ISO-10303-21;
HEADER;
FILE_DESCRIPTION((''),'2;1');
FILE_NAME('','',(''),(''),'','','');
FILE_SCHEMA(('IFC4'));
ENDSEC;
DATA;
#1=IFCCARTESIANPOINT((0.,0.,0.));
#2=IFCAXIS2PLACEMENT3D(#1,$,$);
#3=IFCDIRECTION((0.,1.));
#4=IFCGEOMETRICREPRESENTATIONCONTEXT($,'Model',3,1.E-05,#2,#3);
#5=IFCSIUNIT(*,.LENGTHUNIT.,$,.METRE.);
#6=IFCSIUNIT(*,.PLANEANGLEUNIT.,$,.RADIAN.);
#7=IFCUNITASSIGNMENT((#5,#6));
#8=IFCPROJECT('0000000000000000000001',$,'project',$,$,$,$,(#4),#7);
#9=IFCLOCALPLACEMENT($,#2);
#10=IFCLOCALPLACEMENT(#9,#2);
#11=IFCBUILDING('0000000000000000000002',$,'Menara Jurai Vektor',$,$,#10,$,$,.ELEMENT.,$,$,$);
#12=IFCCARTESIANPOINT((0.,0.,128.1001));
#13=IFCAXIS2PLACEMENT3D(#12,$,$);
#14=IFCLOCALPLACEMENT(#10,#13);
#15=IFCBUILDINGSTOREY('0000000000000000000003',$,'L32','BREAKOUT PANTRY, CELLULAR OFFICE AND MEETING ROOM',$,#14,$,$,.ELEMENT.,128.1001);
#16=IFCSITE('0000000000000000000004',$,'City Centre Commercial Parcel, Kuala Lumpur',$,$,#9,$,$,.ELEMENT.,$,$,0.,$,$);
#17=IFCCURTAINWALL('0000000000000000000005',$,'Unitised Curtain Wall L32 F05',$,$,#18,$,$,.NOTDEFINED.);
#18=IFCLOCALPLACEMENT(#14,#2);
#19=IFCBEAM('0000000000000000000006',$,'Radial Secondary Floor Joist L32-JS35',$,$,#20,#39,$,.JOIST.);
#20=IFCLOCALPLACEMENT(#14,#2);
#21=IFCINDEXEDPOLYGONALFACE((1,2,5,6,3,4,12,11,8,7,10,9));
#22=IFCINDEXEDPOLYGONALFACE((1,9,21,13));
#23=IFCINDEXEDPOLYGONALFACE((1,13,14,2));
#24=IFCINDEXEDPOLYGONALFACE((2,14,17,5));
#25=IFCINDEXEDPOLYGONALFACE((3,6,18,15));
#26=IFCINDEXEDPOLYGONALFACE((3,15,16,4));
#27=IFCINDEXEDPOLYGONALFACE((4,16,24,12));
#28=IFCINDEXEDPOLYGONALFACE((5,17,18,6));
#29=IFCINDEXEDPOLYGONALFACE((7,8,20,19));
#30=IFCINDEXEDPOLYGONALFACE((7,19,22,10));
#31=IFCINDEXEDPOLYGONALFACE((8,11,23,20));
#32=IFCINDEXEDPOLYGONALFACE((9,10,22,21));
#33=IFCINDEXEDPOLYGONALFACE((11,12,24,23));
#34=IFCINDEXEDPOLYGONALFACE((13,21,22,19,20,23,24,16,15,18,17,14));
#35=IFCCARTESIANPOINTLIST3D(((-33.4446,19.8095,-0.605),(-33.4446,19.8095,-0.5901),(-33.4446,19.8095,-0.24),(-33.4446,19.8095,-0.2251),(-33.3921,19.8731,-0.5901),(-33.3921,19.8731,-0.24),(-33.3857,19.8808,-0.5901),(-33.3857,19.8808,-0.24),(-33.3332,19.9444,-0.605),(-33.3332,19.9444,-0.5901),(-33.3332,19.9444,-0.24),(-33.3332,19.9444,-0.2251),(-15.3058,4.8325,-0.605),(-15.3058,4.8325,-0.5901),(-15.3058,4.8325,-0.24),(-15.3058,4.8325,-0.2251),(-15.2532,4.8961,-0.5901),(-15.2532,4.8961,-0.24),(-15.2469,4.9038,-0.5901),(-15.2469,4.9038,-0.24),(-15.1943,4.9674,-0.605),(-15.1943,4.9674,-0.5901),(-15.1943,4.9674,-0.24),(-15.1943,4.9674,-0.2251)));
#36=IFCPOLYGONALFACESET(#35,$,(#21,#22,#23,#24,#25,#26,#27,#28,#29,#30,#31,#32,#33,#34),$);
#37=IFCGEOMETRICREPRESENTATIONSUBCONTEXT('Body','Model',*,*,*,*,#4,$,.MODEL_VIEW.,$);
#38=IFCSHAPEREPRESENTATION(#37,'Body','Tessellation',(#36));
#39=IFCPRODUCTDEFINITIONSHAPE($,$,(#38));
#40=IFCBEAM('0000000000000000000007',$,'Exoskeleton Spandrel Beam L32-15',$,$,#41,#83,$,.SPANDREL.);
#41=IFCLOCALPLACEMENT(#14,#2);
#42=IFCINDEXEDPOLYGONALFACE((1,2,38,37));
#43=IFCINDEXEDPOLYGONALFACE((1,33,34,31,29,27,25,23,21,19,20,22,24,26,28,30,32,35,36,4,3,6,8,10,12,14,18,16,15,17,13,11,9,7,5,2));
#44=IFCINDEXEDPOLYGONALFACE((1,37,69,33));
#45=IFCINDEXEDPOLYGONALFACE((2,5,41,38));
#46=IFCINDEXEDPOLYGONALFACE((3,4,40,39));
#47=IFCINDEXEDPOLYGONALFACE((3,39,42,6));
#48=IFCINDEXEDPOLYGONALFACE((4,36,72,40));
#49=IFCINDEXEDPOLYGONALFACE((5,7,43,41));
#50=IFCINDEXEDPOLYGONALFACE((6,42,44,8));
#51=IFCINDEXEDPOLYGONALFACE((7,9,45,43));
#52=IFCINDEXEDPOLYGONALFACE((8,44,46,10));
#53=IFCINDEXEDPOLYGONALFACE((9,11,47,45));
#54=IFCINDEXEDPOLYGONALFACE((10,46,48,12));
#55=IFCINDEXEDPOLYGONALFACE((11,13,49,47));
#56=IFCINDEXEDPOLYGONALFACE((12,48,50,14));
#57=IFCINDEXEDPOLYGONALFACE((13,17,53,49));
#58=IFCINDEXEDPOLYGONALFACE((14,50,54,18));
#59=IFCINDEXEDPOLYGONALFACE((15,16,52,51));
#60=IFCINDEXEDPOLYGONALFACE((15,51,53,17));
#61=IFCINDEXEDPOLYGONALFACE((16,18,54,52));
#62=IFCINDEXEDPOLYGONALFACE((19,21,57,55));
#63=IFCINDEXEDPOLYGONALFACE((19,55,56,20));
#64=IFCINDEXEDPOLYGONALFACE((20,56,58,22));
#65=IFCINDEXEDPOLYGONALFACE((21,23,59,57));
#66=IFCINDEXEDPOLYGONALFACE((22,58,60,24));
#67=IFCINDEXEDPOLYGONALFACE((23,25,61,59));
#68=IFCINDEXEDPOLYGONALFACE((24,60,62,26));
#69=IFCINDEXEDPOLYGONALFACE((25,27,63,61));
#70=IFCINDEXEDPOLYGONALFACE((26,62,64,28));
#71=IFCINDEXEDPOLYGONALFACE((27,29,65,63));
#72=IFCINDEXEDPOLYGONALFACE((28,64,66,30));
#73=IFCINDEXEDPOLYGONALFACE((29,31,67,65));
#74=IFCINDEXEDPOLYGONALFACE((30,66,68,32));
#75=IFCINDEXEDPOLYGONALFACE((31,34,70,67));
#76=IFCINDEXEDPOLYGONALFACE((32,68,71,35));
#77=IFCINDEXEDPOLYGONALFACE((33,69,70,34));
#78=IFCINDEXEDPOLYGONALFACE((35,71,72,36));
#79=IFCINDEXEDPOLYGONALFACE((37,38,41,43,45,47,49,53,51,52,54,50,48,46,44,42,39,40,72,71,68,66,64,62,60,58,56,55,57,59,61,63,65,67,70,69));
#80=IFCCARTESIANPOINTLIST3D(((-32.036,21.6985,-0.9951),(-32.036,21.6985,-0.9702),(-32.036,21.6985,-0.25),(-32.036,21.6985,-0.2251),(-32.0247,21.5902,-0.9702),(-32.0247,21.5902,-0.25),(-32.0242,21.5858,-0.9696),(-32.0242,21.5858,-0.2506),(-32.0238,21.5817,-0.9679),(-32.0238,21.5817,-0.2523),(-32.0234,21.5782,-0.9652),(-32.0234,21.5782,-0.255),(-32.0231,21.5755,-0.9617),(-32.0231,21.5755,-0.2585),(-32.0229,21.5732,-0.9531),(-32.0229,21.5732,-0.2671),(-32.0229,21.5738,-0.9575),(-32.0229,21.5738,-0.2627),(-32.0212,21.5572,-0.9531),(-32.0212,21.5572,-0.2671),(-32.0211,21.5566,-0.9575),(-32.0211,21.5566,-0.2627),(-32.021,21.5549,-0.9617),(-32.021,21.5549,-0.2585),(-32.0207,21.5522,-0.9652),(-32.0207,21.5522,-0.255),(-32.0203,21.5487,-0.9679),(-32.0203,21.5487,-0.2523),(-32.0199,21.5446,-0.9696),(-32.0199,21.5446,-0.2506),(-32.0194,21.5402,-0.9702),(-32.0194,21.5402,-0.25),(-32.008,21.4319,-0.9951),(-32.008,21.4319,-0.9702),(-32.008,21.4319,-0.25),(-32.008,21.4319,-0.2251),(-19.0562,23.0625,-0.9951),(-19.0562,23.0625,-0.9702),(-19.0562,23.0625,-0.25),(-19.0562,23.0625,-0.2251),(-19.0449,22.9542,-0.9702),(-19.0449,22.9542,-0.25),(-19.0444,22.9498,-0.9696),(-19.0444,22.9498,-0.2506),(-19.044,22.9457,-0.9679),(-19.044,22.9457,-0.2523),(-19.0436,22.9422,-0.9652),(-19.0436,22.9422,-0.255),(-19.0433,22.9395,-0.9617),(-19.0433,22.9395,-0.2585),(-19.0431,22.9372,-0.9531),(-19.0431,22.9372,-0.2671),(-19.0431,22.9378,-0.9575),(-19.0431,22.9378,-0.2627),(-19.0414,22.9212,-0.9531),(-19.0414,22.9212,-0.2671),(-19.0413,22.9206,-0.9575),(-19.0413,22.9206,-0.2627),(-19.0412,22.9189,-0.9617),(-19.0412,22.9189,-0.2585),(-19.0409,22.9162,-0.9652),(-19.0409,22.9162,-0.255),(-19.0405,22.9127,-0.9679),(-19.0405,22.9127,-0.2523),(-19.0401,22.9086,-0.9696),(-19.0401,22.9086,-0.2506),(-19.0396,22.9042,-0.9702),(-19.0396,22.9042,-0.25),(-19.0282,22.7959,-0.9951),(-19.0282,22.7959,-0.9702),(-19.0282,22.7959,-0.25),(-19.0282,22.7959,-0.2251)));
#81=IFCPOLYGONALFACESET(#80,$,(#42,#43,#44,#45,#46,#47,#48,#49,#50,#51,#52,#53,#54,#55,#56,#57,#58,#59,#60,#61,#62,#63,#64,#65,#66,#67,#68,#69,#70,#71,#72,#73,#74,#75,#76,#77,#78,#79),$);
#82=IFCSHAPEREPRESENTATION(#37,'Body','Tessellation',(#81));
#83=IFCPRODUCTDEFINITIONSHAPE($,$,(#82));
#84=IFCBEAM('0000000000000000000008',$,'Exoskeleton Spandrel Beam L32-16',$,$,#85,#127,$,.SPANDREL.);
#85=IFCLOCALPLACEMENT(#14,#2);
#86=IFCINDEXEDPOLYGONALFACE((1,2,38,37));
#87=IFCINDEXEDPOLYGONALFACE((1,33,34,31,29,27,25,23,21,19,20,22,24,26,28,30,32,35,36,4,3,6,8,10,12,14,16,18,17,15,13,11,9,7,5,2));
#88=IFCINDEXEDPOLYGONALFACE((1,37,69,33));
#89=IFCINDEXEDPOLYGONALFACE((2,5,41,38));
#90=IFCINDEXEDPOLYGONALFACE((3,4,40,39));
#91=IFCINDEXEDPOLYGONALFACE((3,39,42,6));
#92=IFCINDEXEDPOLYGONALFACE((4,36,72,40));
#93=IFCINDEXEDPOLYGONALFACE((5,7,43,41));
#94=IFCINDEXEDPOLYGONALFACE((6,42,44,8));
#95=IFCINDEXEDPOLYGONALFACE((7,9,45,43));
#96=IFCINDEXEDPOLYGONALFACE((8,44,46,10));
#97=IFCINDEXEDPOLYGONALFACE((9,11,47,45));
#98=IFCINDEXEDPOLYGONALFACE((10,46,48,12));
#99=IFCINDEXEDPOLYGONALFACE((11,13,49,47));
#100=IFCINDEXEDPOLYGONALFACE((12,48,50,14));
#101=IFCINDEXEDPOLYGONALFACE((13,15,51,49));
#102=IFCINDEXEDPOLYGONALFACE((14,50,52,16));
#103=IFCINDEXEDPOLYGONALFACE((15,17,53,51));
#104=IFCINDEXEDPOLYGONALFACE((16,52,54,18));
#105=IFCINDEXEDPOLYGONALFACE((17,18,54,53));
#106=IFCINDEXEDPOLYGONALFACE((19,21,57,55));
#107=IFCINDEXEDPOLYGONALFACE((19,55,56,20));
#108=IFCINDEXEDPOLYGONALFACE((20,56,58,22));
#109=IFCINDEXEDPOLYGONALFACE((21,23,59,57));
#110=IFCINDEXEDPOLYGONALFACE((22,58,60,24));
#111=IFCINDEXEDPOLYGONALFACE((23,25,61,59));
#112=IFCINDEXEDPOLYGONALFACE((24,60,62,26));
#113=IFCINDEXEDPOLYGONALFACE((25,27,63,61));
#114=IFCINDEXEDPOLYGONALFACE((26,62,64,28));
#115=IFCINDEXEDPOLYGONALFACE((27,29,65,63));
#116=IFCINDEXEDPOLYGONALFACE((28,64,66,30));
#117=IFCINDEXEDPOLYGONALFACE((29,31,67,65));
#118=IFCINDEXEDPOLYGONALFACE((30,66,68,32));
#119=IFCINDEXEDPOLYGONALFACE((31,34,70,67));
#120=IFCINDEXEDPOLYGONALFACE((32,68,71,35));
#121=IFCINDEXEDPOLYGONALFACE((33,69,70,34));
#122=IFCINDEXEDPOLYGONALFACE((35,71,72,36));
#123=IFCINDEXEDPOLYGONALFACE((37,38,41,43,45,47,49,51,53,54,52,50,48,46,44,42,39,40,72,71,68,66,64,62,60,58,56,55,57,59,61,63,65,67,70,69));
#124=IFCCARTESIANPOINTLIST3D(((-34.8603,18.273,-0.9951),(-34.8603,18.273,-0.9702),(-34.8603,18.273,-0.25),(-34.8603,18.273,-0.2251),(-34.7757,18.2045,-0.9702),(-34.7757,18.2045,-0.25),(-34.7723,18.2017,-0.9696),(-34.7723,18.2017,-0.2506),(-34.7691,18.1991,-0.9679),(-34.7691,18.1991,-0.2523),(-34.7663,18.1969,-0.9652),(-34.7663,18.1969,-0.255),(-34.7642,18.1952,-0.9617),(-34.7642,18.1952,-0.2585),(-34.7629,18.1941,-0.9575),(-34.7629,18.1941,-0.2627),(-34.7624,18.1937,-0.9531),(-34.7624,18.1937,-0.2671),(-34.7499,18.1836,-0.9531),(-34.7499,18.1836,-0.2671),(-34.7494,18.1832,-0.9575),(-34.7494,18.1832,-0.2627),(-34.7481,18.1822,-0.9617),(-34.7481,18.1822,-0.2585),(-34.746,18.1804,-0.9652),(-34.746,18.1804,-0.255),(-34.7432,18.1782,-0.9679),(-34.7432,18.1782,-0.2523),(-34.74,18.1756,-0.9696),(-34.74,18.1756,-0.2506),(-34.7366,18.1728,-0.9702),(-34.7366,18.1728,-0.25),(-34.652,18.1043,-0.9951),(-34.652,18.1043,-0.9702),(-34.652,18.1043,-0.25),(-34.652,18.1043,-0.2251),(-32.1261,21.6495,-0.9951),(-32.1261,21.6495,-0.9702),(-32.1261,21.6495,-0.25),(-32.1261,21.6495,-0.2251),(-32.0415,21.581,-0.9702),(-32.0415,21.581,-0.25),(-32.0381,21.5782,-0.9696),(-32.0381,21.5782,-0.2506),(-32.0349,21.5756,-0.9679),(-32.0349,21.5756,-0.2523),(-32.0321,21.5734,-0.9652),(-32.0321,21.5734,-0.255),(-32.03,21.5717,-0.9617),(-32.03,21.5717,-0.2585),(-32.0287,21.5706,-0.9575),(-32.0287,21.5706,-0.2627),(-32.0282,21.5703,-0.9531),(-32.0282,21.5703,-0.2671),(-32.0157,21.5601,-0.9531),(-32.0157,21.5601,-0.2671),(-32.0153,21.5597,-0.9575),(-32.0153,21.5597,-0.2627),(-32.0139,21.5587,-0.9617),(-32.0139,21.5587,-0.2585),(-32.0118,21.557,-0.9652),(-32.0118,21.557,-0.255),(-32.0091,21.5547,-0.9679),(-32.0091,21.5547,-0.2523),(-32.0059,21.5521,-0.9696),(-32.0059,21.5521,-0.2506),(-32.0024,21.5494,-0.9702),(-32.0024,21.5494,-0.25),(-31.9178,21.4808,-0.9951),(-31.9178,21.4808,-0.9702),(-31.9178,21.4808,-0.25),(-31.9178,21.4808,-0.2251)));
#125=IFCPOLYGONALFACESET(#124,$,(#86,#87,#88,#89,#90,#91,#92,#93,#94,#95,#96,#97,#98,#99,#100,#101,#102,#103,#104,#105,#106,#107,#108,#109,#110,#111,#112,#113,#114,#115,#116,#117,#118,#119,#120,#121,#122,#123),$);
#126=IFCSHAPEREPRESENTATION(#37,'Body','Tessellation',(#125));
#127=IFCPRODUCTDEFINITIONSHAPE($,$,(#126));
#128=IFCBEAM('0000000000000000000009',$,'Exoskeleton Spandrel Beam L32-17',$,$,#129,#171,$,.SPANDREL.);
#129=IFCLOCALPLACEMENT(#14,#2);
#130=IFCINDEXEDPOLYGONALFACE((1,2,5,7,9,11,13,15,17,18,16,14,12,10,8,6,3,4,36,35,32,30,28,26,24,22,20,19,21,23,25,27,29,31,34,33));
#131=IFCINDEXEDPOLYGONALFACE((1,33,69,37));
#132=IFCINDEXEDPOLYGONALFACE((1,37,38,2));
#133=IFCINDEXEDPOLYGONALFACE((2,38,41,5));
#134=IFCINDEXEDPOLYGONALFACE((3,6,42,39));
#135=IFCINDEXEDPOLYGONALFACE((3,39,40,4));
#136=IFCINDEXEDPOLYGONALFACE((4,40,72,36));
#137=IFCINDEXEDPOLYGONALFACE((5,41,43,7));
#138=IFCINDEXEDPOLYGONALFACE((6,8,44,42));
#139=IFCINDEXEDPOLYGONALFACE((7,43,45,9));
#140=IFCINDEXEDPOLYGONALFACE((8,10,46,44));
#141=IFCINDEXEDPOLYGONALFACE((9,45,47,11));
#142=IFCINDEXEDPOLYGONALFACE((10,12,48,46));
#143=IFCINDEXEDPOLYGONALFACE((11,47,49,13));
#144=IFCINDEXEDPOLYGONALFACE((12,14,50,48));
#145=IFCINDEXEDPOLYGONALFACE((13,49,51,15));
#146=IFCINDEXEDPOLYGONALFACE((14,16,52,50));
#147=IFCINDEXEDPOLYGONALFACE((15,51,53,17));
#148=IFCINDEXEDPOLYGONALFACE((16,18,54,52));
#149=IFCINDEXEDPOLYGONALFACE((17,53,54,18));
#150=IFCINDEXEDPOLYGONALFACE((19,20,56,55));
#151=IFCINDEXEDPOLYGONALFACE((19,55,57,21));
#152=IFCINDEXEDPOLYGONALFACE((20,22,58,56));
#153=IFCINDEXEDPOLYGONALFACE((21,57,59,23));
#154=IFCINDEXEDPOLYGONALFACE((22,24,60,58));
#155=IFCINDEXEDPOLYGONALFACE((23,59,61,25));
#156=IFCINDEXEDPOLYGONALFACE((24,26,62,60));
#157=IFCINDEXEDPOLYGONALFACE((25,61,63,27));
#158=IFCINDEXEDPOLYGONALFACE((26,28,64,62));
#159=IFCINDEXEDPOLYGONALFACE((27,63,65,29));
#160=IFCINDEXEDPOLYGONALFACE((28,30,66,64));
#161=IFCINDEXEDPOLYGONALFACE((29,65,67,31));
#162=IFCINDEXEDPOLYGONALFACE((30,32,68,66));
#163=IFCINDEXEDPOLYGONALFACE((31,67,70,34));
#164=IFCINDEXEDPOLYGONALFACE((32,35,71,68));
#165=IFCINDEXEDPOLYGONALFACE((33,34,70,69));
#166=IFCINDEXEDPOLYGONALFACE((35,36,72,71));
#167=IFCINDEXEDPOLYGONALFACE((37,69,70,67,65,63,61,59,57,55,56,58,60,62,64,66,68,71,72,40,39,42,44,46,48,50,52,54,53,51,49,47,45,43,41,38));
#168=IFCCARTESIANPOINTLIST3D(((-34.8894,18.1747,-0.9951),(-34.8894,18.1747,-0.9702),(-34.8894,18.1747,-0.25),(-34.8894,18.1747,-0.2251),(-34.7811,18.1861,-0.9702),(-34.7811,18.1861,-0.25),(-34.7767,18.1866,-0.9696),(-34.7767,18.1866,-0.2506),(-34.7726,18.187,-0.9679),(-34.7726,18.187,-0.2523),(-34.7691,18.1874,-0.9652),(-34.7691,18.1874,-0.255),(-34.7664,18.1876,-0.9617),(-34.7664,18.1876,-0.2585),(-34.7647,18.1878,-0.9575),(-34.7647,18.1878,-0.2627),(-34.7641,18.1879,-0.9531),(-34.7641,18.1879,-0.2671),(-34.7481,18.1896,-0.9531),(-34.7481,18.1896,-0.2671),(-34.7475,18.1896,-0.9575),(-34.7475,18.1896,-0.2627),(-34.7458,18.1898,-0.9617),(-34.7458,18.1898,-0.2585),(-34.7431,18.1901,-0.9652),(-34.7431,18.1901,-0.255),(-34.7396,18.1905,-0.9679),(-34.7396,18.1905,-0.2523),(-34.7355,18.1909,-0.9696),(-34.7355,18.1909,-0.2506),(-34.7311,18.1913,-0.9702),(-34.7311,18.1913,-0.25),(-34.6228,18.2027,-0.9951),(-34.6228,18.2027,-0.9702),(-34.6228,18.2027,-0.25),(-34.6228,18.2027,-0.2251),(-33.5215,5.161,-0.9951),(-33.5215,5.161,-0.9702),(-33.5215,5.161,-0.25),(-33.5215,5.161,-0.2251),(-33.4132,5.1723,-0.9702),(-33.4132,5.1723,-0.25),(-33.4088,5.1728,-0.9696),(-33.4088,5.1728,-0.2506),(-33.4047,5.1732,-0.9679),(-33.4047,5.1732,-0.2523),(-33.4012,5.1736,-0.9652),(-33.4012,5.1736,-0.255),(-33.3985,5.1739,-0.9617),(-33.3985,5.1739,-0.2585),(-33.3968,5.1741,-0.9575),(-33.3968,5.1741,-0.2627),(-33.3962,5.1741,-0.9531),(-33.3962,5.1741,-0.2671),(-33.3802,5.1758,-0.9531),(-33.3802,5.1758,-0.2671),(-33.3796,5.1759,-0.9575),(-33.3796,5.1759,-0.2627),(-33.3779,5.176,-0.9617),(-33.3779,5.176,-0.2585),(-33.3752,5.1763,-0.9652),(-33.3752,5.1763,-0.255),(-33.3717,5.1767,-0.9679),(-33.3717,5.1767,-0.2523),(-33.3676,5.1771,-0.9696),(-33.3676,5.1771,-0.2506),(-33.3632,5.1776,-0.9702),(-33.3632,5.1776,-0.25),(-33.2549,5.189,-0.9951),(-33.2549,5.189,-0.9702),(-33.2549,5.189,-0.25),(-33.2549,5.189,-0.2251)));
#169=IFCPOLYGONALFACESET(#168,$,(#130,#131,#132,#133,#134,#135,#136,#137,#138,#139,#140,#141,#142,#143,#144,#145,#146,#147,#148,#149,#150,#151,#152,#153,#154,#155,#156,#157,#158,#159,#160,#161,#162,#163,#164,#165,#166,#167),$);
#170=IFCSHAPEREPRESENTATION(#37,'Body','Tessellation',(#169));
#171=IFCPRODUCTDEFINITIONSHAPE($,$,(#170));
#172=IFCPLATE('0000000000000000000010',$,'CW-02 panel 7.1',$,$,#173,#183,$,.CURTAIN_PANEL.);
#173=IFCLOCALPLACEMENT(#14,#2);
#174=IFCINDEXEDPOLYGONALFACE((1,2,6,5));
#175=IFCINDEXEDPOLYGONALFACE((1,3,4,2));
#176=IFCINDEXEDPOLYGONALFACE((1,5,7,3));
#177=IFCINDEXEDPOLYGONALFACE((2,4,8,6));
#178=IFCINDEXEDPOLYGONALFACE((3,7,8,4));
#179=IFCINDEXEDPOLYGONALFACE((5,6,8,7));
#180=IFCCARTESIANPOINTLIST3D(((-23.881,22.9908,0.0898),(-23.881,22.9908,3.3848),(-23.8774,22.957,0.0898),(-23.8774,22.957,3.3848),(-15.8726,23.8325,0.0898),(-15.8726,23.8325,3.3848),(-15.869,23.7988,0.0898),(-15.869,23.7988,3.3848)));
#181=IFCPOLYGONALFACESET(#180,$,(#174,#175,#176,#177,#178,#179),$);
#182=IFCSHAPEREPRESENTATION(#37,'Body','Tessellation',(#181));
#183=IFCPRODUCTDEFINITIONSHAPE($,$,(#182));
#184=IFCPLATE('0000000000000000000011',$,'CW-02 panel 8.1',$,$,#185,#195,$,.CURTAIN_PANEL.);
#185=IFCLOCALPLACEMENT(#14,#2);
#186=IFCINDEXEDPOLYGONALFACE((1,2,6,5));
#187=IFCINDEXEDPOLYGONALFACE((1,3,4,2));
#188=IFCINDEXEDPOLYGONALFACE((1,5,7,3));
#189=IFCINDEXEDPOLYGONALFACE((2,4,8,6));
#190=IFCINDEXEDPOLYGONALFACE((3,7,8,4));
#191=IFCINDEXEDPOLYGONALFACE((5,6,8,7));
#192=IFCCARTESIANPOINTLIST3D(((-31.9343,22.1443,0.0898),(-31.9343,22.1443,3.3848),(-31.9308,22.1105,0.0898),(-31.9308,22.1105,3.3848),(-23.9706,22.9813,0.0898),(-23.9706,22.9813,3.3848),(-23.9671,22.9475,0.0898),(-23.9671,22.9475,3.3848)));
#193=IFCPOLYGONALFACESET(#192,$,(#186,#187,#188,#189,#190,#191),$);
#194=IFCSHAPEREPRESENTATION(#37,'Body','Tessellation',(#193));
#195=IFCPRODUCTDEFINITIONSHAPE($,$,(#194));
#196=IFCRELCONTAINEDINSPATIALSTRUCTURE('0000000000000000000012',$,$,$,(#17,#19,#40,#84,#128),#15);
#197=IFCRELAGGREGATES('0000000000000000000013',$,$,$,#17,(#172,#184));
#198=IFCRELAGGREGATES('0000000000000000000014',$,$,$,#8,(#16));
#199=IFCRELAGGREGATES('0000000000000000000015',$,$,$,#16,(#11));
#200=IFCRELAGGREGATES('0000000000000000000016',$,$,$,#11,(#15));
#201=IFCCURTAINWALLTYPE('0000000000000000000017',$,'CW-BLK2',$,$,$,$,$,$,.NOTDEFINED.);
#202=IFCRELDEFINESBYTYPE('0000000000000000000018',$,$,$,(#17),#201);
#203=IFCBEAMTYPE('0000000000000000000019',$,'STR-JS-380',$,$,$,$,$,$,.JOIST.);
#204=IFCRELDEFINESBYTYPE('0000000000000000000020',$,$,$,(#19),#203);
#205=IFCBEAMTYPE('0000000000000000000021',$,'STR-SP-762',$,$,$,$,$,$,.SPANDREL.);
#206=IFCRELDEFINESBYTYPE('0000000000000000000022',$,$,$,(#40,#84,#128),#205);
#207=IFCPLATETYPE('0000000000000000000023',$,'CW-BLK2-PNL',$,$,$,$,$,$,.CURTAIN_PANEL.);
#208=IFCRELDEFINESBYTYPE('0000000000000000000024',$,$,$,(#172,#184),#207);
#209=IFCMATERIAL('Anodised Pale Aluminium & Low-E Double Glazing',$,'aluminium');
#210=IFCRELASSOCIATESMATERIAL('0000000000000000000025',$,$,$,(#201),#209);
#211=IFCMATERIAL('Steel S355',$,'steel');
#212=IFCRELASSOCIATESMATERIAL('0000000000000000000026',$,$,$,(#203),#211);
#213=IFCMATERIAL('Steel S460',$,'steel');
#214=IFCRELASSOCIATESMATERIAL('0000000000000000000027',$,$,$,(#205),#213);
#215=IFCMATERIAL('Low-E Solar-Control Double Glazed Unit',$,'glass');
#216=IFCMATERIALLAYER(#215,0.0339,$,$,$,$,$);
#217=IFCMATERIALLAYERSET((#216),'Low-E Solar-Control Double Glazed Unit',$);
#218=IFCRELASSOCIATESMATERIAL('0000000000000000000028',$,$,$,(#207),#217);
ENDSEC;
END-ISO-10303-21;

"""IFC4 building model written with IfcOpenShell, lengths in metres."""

from ifc_helpers import new_model, si_unit, direction, frame, origin, origin_2d, place, context, subcontext, project, spatial, rectangle, i_section, extrude, material, layer, layer_set, material_profile, profile_set, type_object, element, aggregate, save


model = new_model("IFC4")

# Units and contexts
model_context = context("Model", 3, precision=1e-05, world=origin(), true_north=direction((0.0, 1.0)))
body_context = subcontext(model_context, "Body", "Model", "MODEL_VIEW")
ifc_project = project(units=[si_unit("LENGTHUNIT", "METRE"), si_unit("PLANEANGLEUNIT", "RADIAN")], contexts=[model_context])

# Site, building, storey
site_placement = place(None, origin())
site = spatial("IfcSite", under=ifc_project, at=site_placement, Name="City Centre Commercial Parcel, Kuala Lumpur", CompositionType="ELEMENT", RefElevation=0.0)
building_placement = place(site_placement, origin())
building = spatial("IfcBuilding", under=site, at=building_placement, Name="Menara Jurai Vektor", CompositionType="ELEMENT")
storey_placement = place(building_placement, frame((0.0, 0.0, 128.1001)))
storey = spatial("IfcBuildingStorey", under=building, at=storey_placement, Name="L32", Description="BREAKOUT PANTRY, CELLULAR OFFICE AND MEETING ROOM", CompositionType="ELEMENT", Elevation=128.1001)

# Shared definitions
ifc_material_1 = material(Name="Steel S460", Category="steel")

# Curtain wall
ifc_material_2 = material(Name="Anodised Pale Aluminium & Low-E Double Glazing", Category="aluminium")
curtain_wall_type = type_object("IfcCurtainWallType", Name="CW-BLK2", PredefinedType="NOTDEFINED", material=ifc_material_2)
curtain_wall_1_placement = place(storey_placement, origin())
curtain_wall_1 = element("IfcCurtainWall", 1, at=curtain_wall_1_placement, inside=storey, type_object=curtain_wall_type, Name="Unitised Curtain Wall L32 F05", PredefinedType="NOTDEFINED")

# Shared definitions
ifc_material_3 = material(Name="Steel S355", Category="steel")

# Beams
ifc_material_profile_1 = material_profile(ifc_material_3, i_section(OverallWidth=0.175, OverallDepth=0.3799, WebThickness=0.01, FlangeThickness=0.0149, at=origin_2d()), Name="PG 380x175x58")
ifc_profile_set_1 = profile_set([ifc_material_profile_1], Name="Steel S355")
beam_type_1 = type_object("IfcBeamType", Name="STR-JS-380", PredefinedType="JOIST", material=ifc_profile_set_1)
beam_1_placement = place(storey_placement, frame((-33.3889, 19.877, -0.415), z_axis=(0.771114, -0.636698, 0.0), x_axis=(0.636698, 0.771114, 0.0)))
element("IfcBeam", 2, at=beam_1_placement, inside=storey, type_object=beam_type_1, Name="Radial Secondary Floor Joist L32-JS35", PredefinedType="JOIST", context=body_context, shape_type="SweptSolid", body=[
    extrude(i_section(OverallWidth=0.175, OverallDepth=0.3799, WebThickness=0.01, FlangeThickness=0.0149, at=origin_2d()), origin(), (0.0, 0.0, 1.0), 23.5229),
])
ifc_material_profile_2 = material_profile(ifc_material_1, i_section(OverallWidth=0.2681, OverallDepth=0.77, WebThickness=0.0161, FlangeThickness=0.0249, FilletRadius=0.0171, at=origin_2d()), Name="UKB 762x267x197")
ifc_profile_set_2 = profile_set([ifc_material_profile_2], Name="Steel S460")
beam_type_2 = type_object("IfcBeamType", Name="STR-SP-762", PredefinedType="SPANDREL", material=ifc_profile_set_2)
beam_2_placement = place(storey_placement, frame((-19.0422, 22.9292, -0.6101), z_axis=(-0.994524, -0.104512, 0.0), x_axis=(0.104512, -0.994524, 0.0)))
element("IfcBeam", 3, at=beam_2_placement, inside=storey, type_object=beam_type_2, Name="Exoskeleton Spandrel Beam L32-15", PredefinedType="SPANDREL", context=body_context, shape_type="SweptSolid", body=[
    extrude(i_section(OverallWidth=0.2681, OverallDepth=0.77, WebThickness=0.0161, FlangeThickness=0.0249, FilletRadius=0.0171, at=origin_2d()), origin(), (0.0, 0.0, 1.0), 13.0513),
])
beam_3_placement = place(storey_placement, frame((-32.022, 21.5652, -0.6101), z_axis=(-0.62931, -0.777155, 0.0), x_axis=(0.777155, -0.62931, 0.0)))
element("IfcBeam", 4, at=beam_3_placement, inside=storey, type_object=beam_type_2, Name="Exoskeleton Spandrel Beam L32-16", PredefinedType="SPANDREL", context=body_context, shape_type="SweptSolid", body=[
    extrude(i_section(OverallWidth=0.2681, OverallDepth=0.77, WebThickness=0.0161, FlangeThickness=0.0249, FilletRadius=0.0171, at=origin_2d()), origin(), (0.0, 0.0, 1.0), 4.3447),
])
beam_4_placement = place(storey_placement, frame((-34.7561, 18.1887, -0.6101), z_axis=(0.104538, -0.994521, 0.0), x_axis=(0.994521, 0.104538, 0.0)))
element("IfcBeam", 5, at=beam_4_placement, inside=storey, type_object=beam_type_2, Name="Exoskeleton Spandrel Beam L32-17", PredefinedType="SPANDREL", context=body_context, shape_type="SweptSolid", body=[
    extrude(i_section(OverallWidth=0.2681, OverallDepth=0.77, WebThickness=0.0161, FlangeThickness=0.0249, FilletRadius=0.0171, at=origin_2d()), origin(), (0.0, 0.0, 1.0), 13.0854),
])

# Plates
ifc_material_4 = material(Name="Low-E Solar-Control Double Glazed Unit", Category="glass")
ifc_layer_1 = layer(ifc_material_4, 0.0339)
ifc_layer_set_1 = layer_set([ifc_layer_1], Name="Low-E Solar-Control Double Glazed Unit")
plate_type_1 = type_object("IfcPlateType", Name="CW-BLK2-PNL", PredefinedType="CURTAIN_PANEL", material=ifc_layer_set_1)
plate_1_placement = place(storey_placement, frame((-19.875, 23.3948, 0.0898), z_axis=(0.0, 0.0, 1.0), x_axis=(-0.994522, -0.104529, 0.0)))
plate_1 = element("IfcPlate", 6, at=plate_1_placement, type_object=plate_type_1, Name="CW-02 panel 7.1", PredefinedType="CURTAIN_PANEL", context=body_context, shape_type="SweptSolid", body=[
    extrude(rectangle(XDim=8.0525, YDim=0.0339, at=origin_2d()), origin(), (0.0, 0.0, 1.0), 3.2949),
])
plate_2_placement = place(storey_placement, frame((-27.9507, 22.5459, 0.0898), z_axis=(0.0, 0.0, 1.0), x_axis=(-0.994522, -0.104529, 0.0)))
plate_2 = element("IfcPlate", 7, at=plate_2_placement, type_object=plate_type_1, Name="CW-02 panel 8.1", PredefinedType="CURTAIN_PANEL", context=body_context, shape_type="SweptSolid", body=[
    extrude(rectangle(XDim=8.0076, YDim=0.0339, at=origin_2d()), origin(), (0.0, 0.0, 1.0), 3.2949),
])
aggregate(curtain_wall_1, [plate_1, plate_2])

save(model, "model.ifc")
